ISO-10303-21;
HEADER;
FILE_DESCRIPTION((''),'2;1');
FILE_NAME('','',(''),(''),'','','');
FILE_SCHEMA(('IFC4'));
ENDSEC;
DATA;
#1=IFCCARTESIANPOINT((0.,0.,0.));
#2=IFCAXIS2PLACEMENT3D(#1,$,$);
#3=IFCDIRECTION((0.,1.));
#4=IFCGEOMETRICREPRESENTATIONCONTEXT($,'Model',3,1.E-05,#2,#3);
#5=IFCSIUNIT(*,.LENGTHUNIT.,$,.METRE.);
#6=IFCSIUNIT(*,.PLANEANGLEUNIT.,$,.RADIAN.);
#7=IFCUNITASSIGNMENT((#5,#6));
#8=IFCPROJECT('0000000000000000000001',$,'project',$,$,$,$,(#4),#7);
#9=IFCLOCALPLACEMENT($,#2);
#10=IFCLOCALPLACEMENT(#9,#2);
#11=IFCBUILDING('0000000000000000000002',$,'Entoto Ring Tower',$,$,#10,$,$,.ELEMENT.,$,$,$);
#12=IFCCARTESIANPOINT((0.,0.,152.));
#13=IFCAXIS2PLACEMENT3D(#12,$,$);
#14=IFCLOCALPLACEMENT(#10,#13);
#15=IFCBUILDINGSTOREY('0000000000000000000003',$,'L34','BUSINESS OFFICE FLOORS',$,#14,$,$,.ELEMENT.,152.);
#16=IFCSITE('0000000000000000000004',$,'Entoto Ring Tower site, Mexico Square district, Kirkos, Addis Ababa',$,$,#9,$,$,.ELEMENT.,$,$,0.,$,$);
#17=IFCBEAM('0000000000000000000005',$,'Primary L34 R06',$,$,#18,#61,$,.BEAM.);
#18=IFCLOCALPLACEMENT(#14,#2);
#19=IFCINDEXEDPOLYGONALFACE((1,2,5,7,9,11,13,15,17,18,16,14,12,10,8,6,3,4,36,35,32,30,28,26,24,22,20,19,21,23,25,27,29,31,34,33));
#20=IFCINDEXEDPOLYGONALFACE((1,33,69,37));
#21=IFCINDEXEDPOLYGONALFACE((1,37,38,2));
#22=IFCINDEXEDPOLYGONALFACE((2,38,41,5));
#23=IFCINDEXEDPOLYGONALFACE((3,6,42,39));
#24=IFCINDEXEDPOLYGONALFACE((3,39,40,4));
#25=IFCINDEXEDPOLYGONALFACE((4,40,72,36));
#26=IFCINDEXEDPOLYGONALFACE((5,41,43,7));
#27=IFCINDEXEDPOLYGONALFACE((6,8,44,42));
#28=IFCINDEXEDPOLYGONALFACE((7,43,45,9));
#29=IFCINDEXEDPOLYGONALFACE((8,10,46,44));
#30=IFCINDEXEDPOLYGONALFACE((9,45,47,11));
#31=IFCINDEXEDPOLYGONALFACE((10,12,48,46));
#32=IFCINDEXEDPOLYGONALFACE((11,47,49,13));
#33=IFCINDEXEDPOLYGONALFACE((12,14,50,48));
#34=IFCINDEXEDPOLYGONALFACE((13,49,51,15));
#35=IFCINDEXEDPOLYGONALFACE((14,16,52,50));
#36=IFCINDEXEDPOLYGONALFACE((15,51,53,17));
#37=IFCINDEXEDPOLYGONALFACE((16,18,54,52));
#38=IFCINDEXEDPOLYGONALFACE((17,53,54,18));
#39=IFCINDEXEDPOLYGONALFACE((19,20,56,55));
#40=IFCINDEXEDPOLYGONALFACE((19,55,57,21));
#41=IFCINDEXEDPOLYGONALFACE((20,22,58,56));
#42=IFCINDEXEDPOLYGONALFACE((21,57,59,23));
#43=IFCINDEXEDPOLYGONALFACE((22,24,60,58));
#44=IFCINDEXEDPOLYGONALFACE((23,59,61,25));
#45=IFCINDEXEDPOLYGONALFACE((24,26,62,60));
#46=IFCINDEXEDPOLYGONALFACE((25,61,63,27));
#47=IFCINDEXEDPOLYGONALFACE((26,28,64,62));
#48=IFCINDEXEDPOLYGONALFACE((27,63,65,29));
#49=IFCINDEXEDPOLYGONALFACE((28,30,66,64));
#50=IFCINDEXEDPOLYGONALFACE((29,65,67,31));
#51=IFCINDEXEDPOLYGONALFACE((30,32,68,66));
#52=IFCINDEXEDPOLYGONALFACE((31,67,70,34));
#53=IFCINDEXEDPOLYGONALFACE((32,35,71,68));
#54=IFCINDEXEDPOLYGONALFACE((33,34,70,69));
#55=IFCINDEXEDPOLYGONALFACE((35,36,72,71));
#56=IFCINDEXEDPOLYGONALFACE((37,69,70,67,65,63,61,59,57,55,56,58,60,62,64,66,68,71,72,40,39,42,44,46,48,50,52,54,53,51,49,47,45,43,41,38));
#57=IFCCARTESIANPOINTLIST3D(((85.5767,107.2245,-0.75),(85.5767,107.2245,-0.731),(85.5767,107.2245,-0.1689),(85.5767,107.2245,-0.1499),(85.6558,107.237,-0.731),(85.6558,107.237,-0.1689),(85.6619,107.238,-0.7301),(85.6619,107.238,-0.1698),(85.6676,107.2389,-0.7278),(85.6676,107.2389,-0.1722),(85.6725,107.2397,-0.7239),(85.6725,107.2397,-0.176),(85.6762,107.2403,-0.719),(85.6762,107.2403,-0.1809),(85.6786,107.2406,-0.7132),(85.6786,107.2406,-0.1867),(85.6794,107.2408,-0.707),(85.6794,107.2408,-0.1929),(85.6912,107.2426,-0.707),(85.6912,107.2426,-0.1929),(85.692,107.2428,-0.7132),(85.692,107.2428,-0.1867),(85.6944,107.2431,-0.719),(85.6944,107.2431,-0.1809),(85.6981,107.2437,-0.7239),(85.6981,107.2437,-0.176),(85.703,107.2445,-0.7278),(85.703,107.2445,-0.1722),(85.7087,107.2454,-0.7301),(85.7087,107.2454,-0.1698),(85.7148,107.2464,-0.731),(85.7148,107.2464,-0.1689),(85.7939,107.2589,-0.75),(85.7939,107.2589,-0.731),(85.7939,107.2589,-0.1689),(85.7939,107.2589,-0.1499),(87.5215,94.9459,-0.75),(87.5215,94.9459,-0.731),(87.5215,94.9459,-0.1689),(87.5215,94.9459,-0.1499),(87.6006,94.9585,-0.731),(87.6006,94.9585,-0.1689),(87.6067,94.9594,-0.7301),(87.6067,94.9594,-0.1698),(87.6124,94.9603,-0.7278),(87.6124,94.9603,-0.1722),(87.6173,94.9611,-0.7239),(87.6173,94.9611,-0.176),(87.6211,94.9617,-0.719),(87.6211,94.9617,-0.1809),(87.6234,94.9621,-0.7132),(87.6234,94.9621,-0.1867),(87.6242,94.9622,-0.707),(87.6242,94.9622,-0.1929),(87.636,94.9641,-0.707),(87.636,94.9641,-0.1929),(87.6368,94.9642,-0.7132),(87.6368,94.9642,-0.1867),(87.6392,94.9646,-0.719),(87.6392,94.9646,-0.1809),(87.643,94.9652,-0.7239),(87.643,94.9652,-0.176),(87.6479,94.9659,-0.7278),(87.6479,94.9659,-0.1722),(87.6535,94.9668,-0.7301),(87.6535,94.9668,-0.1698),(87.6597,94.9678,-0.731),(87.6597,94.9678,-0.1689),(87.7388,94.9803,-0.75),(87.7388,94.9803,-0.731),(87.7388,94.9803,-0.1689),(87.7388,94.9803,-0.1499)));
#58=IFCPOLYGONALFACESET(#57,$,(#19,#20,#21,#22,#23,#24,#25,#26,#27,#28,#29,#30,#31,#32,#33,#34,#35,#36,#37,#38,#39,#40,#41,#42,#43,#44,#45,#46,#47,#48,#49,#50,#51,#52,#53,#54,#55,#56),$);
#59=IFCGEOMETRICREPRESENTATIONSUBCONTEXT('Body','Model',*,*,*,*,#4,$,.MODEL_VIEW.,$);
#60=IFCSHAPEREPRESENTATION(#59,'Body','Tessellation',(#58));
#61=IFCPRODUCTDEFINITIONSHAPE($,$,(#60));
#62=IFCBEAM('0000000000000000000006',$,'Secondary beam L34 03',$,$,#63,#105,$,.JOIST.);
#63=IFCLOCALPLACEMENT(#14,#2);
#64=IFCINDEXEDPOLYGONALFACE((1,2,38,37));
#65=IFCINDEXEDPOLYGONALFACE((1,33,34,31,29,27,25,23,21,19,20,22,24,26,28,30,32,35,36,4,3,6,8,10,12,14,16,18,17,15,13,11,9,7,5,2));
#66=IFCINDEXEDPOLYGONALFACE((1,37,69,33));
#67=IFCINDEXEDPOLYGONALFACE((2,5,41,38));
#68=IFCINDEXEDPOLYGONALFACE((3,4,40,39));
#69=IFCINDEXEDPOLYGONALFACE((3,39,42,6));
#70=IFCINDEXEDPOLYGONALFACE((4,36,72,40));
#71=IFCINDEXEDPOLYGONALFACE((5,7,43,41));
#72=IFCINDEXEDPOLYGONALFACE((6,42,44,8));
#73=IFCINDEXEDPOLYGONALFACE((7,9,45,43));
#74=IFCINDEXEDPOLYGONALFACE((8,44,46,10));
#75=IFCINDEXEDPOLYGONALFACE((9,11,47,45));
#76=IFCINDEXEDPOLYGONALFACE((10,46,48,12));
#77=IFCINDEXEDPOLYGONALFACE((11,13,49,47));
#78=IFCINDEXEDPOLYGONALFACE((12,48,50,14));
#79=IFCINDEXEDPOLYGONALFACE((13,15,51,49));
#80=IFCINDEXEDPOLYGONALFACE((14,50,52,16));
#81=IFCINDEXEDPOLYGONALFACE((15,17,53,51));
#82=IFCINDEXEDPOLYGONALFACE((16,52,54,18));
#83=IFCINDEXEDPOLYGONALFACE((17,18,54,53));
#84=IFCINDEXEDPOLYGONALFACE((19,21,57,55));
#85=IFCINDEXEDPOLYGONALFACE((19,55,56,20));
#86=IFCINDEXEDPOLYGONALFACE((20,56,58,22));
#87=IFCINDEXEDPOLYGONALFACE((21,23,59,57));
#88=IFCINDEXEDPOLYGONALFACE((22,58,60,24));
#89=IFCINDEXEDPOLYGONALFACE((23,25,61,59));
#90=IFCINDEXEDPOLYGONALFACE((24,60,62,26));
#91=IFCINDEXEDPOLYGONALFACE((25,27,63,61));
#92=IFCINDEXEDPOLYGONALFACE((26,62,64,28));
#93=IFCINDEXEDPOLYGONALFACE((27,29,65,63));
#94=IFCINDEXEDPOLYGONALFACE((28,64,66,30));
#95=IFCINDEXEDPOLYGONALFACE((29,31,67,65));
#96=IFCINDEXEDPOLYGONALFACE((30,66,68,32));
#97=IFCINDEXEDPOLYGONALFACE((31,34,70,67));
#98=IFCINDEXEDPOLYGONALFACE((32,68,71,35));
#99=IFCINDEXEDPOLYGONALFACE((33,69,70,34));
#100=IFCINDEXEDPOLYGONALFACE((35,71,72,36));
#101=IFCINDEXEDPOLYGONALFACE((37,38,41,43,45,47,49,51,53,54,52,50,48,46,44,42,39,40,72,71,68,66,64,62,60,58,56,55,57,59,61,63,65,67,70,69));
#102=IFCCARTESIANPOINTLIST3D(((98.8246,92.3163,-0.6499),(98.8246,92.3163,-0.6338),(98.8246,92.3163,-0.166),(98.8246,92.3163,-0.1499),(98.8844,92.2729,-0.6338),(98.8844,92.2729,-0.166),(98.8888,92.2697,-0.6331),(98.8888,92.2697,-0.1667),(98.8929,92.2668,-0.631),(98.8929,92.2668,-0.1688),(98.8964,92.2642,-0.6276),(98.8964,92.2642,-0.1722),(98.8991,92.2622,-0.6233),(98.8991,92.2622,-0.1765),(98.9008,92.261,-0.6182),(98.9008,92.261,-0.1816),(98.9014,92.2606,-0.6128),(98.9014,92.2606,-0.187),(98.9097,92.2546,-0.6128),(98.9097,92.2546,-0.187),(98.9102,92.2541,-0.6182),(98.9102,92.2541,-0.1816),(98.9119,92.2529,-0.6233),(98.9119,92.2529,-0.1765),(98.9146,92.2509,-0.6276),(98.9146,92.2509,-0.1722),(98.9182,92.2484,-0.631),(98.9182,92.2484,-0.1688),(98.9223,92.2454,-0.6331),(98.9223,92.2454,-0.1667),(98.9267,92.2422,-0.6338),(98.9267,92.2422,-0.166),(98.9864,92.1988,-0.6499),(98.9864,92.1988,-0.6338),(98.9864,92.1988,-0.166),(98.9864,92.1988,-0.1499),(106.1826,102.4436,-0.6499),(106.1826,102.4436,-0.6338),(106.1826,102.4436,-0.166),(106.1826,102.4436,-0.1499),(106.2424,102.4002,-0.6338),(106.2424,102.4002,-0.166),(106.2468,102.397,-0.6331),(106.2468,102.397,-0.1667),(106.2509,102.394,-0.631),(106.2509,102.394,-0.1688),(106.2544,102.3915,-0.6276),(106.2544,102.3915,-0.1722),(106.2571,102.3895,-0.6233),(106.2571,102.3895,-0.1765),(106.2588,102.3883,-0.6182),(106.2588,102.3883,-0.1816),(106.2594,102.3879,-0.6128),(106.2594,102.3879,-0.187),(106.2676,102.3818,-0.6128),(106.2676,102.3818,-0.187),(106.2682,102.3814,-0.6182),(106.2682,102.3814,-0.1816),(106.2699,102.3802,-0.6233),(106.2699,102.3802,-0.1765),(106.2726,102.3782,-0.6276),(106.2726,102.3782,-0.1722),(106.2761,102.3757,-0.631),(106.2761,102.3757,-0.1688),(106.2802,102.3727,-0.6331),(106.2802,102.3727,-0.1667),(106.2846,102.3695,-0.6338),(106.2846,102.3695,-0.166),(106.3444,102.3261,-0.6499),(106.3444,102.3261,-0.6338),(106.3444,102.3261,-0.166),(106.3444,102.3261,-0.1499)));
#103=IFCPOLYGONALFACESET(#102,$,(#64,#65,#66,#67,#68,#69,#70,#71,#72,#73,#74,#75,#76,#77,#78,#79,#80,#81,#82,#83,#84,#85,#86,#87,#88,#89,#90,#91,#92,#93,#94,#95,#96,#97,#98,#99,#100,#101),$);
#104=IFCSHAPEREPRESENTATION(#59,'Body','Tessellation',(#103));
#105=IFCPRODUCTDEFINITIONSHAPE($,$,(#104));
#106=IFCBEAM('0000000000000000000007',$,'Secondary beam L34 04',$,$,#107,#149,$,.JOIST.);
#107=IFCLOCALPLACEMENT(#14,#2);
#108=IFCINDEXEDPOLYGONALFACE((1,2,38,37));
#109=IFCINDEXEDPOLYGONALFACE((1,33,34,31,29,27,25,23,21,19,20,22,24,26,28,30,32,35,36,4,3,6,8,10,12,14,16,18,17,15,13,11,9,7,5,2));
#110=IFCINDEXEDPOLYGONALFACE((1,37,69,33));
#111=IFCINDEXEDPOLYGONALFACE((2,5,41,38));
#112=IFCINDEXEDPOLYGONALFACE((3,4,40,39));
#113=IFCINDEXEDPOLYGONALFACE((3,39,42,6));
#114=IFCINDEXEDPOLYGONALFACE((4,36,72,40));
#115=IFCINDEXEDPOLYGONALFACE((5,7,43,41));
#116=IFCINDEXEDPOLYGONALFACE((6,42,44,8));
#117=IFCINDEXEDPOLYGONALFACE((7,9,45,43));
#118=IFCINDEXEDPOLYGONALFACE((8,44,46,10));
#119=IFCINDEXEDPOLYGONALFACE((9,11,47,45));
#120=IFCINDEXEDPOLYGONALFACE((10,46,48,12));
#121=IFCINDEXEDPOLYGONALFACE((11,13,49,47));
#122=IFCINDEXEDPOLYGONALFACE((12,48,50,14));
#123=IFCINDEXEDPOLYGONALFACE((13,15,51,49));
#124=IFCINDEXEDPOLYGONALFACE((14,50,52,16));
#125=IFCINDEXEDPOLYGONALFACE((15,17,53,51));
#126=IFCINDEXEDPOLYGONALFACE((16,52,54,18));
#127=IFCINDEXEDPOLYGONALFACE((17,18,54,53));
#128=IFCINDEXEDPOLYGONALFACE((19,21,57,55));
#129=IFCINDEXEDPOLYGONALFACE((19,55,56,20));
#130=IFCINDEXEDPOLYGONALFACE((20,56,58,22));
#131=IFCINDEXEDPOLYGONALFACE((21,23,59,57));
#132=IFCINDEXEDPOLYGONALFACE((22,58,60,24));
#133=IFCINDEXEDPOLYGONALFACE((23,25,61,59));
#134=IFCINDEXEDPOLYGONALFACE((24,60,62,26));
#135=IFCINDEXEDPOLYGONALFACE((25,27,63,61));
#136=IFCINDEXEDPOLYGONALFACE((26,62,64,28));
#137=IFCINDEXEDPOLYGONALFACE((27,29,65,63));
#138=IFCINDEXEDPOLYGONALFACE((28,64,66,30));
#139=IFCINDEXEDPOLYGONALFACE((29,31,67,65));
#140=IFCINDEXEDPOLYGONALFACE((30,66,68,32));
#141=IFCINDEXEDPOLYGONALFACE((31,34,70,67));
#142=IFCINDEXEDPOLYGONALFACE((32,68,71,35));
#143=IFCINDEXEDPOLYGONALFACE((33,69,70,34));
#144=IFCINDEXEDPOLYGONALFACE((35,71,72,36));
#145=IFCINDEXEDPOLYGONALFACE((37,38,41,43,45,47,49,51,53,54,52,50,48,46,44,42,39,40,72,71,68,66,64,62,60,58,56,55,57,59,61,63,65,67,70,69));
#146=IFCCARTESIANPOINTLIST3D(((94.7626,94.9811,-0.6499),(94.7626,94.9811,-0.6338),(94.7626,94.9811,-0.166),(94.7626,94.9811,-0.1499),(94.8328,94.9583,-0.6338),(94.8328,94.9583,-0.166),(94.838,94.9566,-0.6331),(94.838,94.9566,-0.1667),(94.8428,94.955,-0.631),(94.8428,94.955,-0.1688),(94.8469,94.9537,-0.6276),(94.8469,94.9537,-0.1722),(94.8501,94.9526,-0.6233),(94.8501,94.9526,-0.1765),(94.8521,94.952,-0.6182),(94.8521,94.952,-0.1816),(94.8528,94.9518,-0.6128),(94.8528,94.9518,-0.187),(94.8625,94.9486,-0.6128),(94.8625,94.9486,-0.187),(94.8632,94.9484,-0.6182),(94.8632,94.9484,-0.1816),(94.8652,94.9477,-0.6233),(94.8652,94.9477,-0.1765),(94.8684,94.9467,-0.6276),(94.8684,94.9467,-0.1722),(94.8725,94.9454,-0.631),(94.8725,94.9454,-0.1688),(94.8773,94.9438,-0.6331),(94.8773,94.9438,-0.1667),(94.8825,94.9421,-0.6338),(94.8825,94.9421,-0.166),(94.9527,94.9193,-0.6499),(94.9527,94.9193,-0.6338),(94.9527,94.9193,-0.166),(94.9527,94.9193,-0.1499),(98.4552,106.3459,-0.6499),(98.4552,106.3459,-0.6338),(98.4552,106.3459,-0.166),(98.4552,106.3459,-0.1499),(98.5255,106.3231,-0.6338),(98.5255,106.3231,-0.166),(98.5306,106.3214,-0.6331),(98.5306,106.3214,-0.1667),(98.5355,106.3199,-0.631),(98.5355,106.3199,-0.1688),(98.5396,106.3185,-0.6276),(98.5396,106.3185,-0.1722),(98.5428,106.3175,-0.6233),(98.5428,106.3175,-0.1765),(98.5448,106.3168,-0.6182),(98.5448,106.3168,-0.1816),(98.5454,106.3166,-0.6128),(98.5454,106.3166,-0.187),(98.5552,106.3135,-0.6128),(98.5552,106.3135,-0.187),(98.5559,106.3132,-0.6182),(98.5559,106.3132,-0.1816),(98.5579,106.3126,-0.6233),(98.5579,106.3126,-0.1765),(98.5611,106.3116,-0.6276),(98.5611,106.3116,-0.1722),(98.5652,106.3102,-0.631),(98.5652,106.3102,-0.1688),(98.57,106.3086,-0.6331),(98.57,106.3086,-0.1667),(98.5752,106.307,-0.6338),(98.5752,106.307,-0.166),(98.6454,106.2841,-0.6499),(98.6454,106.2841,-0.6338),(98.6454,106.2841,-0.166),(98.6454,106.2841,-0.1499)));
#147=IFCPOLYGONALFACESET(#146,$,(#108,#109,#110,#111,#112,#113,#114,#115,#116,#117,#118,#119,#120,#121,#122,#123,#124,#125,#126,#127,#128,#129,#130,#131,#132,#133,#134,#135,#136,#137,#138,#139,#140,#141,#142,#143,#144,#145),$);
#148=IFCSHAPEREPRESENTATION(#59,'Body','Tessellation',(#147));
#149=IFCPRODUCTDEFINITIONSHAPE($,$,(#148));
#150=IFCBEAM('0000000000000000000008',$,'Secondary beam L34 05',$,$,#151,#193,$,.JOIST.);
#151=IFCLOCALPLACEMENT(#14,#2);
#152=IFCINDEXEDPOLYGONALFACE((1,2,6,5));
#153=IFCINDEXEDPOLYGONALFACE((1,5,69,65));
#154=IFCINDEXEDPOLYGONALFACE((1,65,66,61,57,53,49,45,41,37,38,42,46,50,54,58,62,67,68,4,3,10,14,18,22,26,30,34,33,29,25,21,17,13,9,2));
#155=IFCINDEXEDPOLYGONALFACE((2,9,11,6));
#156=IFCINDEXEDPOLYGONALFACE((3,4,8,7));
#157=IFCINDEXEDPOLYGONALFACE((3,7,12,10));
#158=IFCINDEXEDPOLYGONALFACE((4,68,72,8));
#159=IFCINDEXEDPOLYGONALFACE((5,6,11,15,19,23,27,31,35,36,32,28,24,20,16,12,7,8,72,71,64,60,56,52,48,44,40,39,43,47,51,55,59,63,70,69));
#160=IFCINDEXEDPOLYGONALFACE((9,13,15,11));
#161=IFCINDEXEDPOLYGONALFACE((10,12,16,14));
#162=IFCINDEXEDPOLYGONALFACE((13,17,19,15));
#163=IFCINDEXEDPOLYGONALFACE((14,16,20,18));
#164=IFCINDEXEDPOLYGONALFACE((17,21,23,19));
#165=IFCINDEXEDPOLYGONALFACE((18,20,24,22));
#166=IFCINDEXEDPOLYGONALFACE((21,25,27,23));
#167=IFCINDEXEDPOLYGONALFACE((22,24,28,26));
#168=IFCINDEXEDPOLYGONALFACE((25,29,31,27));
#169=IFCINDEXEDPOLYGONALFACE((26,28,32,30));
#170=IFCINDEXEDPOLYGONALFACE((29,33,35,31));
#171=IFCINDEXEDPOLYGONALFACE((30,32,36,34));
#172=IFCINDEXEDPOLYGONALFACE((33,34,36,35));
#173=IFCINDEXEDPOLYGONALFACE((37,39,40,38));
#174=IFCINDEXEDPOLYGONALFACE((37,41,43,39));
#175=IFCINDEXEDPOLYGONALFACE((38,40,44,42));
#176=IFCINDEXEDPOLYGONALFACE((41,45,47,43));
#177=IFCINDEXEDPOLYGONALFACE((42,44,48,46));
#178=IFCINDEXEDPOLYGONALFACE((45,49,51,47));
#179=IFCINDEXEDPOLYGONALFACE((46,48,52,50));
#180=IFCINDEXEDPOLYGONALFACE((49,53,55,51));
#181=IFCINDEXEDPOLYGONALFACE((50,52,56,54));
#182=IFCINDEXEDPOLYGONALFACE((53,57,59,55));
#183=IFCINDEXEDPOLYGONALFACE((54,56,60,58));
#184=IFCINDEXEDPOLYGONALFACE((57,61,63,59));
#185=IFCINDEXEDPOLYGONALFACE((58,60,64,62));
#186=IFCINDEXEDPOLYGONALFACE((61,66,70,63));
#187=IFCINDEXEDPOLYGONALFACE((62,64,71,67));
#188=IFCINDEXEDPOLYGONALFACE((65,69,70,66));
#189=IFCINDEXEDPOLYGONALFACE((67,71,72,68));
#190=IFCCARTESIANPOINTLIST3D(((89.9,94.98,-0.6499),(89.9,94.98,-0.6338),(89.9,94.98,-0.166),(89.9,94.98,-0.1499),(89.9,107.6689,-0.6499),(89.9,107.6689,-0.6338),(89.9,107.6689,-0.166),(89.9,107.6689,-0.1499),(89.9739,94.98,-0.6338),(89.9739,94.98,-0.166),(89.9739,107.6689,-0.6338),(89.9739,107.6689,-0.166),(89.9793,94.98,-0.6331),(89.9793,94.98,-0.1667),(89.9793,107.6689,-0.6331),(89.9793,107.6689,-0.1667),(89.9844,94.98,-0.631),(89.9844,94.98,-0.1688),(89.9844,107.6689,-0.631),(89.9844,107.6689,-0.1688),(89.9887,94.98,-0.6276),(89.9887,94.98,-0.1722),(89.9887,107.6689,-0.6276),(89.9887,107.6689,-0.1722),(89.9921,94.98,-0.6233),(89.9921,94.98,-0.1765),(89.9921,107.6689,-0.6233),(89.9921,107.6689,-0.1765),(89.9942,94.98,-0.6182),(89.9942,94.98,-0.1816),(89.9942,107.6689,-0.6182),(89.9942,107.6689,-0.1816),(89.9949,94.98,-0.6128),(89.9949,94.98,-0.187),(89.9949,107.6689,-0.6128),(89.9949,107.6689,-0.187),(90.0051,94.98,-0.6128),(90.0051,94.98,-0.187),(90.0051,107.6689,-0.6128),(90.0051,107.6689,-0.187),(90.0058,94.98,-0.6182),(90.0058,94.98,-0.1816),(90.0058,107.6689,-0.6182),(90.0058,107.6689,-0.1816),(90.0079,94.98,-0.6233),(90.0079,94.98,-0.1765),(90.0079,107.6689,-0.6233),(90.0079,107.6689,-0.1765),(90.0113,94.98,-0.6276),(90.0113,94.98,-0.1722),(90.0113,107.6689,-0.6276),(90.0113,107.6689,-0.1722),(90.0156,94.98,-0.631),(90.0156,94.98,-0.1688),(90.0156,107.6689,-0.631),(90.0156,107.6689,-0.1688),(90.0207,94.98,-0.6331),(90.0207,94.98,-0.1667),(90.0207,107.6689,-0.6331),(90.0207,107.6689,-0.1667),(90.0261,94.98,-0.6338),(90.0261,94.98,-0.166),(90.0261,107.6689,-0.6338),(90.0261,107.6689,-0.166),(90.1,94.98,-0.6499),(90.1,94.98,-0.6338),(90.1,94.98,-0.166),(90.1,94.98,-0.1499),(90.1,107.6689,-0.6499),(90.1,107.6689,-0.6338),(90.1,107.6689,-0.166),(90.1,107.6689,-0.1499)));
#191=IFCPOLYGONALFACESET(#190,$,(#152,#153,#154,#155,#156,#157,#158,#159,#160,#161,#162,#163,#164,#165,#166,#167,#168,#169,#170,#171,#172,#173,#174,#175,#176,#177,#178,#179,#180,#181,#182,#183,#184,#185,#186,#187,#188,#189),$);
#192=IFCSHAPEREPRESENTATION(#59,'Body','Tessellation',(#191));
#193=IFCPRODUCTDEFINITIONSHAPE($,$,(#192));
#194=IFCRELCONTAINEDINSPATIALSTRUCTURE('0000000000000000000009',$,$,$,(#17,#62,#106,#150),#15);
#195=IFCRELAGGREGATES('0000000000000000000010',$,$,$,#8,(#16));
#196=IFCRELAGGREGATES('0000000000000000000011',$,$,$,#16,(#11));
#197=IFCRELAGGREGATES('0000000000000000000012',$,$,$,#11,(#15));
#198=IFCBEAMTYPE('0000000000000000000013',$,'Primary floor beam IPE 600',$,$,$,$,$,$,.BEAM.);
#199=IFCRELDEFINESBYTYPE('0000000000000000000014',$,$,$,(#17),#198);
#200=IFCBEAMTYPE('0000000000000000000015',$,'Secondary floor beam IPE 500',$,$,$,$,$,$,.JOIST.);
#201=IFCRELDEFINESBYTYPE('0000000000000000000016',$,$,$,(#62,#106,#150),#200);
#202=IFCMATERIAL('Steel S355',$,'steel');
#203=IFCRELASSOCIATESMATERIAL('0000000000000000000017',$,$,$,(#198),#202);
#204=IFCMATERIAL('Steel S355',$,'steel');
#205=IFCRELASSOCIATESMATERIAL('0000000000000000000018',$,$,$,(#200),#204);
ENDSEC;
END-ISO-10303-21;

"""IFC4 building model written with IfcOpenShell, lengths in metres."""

from ifc_helpers import new_model, si_unit, direction, frame, origin, origin_2d, place, context, subcontext, project, spatial, i_section, extrude, material, material_profile, profile_set, type_object, element, save


model = new_model("IFC4")

# Units and contexts
model_context = context("Model", 3, precision=1e-05, world=origin(), true_north=direction((0.0, 1.0)))
body_context = subcontext(model_context, "Body", "Model", "MODEL_VIEW")
ifc_project = project(units=[si_unit("LENGTHUNIT", "METRE"), si_unit("PLANEANGLEUNIT", "RADIAN")], contexts=[model_context])

# Site, building, storey
site_placement = place(None, origin())
site = spatial("IfcSite", under=ifc_project, at=site_placement, Name="Entoto Ring Tower site, Mexico Square district, Kirkos, Addis Ababa", CompositionType="ELEMENT", RefElevation=0.0)
building_placement = place(site_placement, origin())
building = spatial("IfcBuilding", under=site, at=building_placement, Name="Entoto Ring Tower", CompositionType="ELEMENT")
storey_placement = place(building_placement, frame((0.0, 0.0, 152.0)))
storey = spatial("IfcBuildingStorey", under=building, at=storey_placement, Name="L34", Description="BUSINESS OFFICE FLOORS", CompositionType="ELEMENT", Elevation=152.0)

# Beams
ifc_material_1 = material(Name="Steel S355", Category="steel")
ifc_material_profile_1 = material_profile(ifc_material_1, i_section(OverallWidth=0.22, OverallDepth=0.6001, WebThickness=0.012, FlangeThickness=0.019, FilletRadius=0.0239, at=origin_2d()), Name="IPE 600")
ifc_profile_set_1 = profile_set([ifc_material_profile_1], Name="Steel S355")
beam_type_1 = type_object("IfcBeamType", Name="Primary floor beam IPE 600", PredefinedType="BEAM", material=ifc_profile_set_1)
for number, where, z_axis, x_axis, name in (
    (1, (87.6301, 94.9631, -0.45), (-0.156442, 0.987687, 0.0), (-0.987687, -0.156442, 0.0), "Primary L34 R06"),
):
    element("IfcBeam", number, at=place(storey_placement, frame(where, z_axis=z_axis, x_axis=x_axis)), inside=storey, type_object=beam_type_1, Name=name, PredefinedType="BEAM", context=body_context, shape_type="SweptSolid", body=[
        extrude(i_section(OverallWidth=0.22, OverallDepth=0.6001, WebThickness=0.012, FlangeThickness=0.019, FilletRadius=0.0239, at=origin_2d()), origin(), (0.0, 0.0, 1.0), 12.4316),
    ])
ifc_material_2 = material(Name="Steel S355", Category="steel")
ifc_material_profile_2 = material_profile(ifc_material_2, i_section(OverallWidth=0.2, OverallDepth=0.5, WebThickness=0.0103, FlangeThickness=0.0161, FilletRadius=0.021, at=origin_2d()), Name="IPE 500")
ifc_profile_set_2 = profile_set([ifc_material_profile_2], Name="Steel S355")
beam_type_2 = type_object("IfcBeamType", Name="Secondary floor beam IPE 500", PredefinedType="JOIST", material=ifc_profile_set_2)
beam_1_placement = place(storey_placement, frame((98.9055, 92.2576, -0.3999), z_axis=(0.587789, 0.809014, 0.0), x_axis=(-0.809014, 0.587789, 0.0)))
element("IfcBeam", 2, at=beam_1_placement, inside=storey, type_object=beam_type_2, Name="Secondary beam L34 03", PredefinedType="JOIST", context=body_context, shape_type="SweptSolid", body=[
    extrude(i_section(OverallWidth=0.2, OverallDepth=0.5, WebThickness=0.0103, FlangeThickness=0.0161, FilletRadius=0.021, at=origin_2d()), origin(), (0.0, 0.0, 1.0), 12.5181),
])
beam_2_placement = place(storey_placement, frame((94.8577, 94.9502, -0.3999), z_axis=(0.309017, 0.951057, 0.0), x_axis=(-0.951057, 0.309017, 0.0)))
element("IfcBeam", 3, at=beam_2_placement, inside=storey, type_object=beam_type_2, Name="Secondary beam L34 04", PredefinedType="JOIST", context=body_context, shape_type="SweptSolid", body=[
    extrude(i_section(OverallWidth=0.2, OverallDepth=0.5, WebThickness=0.0103, FlangeThickness=0.0161, FilletRadius=0.021, at=origin_2d()), origin(), (0.0, 0.0, 1.0), 11.9497),
])
beam_3_placement = place(storey_placement, frame((90.0, 94.98, -0.3999), z_axis=(0.0, 1.0, 0.0), x_axis=(-1.0, 0.0, 0.0)))
element("IfcBeam", 4, at=beam_3_placement, inside=storey, type_object=beam_type_2, Name="Secondary beam L34 05", PredefinedType="JOIST", context=body_context, shape_type="SweptSolid", body=[
    extrude(i_section(OverallWidth=0.2, OverallDepth=0.5, WebThickness=0.0103, FlangeThickness=0.0161, FilletRadius=0.021, at=origin_2d()), origin(), (0.0, 0.0, 1.0), 12.689),
])

save(model, "model.ifc")
